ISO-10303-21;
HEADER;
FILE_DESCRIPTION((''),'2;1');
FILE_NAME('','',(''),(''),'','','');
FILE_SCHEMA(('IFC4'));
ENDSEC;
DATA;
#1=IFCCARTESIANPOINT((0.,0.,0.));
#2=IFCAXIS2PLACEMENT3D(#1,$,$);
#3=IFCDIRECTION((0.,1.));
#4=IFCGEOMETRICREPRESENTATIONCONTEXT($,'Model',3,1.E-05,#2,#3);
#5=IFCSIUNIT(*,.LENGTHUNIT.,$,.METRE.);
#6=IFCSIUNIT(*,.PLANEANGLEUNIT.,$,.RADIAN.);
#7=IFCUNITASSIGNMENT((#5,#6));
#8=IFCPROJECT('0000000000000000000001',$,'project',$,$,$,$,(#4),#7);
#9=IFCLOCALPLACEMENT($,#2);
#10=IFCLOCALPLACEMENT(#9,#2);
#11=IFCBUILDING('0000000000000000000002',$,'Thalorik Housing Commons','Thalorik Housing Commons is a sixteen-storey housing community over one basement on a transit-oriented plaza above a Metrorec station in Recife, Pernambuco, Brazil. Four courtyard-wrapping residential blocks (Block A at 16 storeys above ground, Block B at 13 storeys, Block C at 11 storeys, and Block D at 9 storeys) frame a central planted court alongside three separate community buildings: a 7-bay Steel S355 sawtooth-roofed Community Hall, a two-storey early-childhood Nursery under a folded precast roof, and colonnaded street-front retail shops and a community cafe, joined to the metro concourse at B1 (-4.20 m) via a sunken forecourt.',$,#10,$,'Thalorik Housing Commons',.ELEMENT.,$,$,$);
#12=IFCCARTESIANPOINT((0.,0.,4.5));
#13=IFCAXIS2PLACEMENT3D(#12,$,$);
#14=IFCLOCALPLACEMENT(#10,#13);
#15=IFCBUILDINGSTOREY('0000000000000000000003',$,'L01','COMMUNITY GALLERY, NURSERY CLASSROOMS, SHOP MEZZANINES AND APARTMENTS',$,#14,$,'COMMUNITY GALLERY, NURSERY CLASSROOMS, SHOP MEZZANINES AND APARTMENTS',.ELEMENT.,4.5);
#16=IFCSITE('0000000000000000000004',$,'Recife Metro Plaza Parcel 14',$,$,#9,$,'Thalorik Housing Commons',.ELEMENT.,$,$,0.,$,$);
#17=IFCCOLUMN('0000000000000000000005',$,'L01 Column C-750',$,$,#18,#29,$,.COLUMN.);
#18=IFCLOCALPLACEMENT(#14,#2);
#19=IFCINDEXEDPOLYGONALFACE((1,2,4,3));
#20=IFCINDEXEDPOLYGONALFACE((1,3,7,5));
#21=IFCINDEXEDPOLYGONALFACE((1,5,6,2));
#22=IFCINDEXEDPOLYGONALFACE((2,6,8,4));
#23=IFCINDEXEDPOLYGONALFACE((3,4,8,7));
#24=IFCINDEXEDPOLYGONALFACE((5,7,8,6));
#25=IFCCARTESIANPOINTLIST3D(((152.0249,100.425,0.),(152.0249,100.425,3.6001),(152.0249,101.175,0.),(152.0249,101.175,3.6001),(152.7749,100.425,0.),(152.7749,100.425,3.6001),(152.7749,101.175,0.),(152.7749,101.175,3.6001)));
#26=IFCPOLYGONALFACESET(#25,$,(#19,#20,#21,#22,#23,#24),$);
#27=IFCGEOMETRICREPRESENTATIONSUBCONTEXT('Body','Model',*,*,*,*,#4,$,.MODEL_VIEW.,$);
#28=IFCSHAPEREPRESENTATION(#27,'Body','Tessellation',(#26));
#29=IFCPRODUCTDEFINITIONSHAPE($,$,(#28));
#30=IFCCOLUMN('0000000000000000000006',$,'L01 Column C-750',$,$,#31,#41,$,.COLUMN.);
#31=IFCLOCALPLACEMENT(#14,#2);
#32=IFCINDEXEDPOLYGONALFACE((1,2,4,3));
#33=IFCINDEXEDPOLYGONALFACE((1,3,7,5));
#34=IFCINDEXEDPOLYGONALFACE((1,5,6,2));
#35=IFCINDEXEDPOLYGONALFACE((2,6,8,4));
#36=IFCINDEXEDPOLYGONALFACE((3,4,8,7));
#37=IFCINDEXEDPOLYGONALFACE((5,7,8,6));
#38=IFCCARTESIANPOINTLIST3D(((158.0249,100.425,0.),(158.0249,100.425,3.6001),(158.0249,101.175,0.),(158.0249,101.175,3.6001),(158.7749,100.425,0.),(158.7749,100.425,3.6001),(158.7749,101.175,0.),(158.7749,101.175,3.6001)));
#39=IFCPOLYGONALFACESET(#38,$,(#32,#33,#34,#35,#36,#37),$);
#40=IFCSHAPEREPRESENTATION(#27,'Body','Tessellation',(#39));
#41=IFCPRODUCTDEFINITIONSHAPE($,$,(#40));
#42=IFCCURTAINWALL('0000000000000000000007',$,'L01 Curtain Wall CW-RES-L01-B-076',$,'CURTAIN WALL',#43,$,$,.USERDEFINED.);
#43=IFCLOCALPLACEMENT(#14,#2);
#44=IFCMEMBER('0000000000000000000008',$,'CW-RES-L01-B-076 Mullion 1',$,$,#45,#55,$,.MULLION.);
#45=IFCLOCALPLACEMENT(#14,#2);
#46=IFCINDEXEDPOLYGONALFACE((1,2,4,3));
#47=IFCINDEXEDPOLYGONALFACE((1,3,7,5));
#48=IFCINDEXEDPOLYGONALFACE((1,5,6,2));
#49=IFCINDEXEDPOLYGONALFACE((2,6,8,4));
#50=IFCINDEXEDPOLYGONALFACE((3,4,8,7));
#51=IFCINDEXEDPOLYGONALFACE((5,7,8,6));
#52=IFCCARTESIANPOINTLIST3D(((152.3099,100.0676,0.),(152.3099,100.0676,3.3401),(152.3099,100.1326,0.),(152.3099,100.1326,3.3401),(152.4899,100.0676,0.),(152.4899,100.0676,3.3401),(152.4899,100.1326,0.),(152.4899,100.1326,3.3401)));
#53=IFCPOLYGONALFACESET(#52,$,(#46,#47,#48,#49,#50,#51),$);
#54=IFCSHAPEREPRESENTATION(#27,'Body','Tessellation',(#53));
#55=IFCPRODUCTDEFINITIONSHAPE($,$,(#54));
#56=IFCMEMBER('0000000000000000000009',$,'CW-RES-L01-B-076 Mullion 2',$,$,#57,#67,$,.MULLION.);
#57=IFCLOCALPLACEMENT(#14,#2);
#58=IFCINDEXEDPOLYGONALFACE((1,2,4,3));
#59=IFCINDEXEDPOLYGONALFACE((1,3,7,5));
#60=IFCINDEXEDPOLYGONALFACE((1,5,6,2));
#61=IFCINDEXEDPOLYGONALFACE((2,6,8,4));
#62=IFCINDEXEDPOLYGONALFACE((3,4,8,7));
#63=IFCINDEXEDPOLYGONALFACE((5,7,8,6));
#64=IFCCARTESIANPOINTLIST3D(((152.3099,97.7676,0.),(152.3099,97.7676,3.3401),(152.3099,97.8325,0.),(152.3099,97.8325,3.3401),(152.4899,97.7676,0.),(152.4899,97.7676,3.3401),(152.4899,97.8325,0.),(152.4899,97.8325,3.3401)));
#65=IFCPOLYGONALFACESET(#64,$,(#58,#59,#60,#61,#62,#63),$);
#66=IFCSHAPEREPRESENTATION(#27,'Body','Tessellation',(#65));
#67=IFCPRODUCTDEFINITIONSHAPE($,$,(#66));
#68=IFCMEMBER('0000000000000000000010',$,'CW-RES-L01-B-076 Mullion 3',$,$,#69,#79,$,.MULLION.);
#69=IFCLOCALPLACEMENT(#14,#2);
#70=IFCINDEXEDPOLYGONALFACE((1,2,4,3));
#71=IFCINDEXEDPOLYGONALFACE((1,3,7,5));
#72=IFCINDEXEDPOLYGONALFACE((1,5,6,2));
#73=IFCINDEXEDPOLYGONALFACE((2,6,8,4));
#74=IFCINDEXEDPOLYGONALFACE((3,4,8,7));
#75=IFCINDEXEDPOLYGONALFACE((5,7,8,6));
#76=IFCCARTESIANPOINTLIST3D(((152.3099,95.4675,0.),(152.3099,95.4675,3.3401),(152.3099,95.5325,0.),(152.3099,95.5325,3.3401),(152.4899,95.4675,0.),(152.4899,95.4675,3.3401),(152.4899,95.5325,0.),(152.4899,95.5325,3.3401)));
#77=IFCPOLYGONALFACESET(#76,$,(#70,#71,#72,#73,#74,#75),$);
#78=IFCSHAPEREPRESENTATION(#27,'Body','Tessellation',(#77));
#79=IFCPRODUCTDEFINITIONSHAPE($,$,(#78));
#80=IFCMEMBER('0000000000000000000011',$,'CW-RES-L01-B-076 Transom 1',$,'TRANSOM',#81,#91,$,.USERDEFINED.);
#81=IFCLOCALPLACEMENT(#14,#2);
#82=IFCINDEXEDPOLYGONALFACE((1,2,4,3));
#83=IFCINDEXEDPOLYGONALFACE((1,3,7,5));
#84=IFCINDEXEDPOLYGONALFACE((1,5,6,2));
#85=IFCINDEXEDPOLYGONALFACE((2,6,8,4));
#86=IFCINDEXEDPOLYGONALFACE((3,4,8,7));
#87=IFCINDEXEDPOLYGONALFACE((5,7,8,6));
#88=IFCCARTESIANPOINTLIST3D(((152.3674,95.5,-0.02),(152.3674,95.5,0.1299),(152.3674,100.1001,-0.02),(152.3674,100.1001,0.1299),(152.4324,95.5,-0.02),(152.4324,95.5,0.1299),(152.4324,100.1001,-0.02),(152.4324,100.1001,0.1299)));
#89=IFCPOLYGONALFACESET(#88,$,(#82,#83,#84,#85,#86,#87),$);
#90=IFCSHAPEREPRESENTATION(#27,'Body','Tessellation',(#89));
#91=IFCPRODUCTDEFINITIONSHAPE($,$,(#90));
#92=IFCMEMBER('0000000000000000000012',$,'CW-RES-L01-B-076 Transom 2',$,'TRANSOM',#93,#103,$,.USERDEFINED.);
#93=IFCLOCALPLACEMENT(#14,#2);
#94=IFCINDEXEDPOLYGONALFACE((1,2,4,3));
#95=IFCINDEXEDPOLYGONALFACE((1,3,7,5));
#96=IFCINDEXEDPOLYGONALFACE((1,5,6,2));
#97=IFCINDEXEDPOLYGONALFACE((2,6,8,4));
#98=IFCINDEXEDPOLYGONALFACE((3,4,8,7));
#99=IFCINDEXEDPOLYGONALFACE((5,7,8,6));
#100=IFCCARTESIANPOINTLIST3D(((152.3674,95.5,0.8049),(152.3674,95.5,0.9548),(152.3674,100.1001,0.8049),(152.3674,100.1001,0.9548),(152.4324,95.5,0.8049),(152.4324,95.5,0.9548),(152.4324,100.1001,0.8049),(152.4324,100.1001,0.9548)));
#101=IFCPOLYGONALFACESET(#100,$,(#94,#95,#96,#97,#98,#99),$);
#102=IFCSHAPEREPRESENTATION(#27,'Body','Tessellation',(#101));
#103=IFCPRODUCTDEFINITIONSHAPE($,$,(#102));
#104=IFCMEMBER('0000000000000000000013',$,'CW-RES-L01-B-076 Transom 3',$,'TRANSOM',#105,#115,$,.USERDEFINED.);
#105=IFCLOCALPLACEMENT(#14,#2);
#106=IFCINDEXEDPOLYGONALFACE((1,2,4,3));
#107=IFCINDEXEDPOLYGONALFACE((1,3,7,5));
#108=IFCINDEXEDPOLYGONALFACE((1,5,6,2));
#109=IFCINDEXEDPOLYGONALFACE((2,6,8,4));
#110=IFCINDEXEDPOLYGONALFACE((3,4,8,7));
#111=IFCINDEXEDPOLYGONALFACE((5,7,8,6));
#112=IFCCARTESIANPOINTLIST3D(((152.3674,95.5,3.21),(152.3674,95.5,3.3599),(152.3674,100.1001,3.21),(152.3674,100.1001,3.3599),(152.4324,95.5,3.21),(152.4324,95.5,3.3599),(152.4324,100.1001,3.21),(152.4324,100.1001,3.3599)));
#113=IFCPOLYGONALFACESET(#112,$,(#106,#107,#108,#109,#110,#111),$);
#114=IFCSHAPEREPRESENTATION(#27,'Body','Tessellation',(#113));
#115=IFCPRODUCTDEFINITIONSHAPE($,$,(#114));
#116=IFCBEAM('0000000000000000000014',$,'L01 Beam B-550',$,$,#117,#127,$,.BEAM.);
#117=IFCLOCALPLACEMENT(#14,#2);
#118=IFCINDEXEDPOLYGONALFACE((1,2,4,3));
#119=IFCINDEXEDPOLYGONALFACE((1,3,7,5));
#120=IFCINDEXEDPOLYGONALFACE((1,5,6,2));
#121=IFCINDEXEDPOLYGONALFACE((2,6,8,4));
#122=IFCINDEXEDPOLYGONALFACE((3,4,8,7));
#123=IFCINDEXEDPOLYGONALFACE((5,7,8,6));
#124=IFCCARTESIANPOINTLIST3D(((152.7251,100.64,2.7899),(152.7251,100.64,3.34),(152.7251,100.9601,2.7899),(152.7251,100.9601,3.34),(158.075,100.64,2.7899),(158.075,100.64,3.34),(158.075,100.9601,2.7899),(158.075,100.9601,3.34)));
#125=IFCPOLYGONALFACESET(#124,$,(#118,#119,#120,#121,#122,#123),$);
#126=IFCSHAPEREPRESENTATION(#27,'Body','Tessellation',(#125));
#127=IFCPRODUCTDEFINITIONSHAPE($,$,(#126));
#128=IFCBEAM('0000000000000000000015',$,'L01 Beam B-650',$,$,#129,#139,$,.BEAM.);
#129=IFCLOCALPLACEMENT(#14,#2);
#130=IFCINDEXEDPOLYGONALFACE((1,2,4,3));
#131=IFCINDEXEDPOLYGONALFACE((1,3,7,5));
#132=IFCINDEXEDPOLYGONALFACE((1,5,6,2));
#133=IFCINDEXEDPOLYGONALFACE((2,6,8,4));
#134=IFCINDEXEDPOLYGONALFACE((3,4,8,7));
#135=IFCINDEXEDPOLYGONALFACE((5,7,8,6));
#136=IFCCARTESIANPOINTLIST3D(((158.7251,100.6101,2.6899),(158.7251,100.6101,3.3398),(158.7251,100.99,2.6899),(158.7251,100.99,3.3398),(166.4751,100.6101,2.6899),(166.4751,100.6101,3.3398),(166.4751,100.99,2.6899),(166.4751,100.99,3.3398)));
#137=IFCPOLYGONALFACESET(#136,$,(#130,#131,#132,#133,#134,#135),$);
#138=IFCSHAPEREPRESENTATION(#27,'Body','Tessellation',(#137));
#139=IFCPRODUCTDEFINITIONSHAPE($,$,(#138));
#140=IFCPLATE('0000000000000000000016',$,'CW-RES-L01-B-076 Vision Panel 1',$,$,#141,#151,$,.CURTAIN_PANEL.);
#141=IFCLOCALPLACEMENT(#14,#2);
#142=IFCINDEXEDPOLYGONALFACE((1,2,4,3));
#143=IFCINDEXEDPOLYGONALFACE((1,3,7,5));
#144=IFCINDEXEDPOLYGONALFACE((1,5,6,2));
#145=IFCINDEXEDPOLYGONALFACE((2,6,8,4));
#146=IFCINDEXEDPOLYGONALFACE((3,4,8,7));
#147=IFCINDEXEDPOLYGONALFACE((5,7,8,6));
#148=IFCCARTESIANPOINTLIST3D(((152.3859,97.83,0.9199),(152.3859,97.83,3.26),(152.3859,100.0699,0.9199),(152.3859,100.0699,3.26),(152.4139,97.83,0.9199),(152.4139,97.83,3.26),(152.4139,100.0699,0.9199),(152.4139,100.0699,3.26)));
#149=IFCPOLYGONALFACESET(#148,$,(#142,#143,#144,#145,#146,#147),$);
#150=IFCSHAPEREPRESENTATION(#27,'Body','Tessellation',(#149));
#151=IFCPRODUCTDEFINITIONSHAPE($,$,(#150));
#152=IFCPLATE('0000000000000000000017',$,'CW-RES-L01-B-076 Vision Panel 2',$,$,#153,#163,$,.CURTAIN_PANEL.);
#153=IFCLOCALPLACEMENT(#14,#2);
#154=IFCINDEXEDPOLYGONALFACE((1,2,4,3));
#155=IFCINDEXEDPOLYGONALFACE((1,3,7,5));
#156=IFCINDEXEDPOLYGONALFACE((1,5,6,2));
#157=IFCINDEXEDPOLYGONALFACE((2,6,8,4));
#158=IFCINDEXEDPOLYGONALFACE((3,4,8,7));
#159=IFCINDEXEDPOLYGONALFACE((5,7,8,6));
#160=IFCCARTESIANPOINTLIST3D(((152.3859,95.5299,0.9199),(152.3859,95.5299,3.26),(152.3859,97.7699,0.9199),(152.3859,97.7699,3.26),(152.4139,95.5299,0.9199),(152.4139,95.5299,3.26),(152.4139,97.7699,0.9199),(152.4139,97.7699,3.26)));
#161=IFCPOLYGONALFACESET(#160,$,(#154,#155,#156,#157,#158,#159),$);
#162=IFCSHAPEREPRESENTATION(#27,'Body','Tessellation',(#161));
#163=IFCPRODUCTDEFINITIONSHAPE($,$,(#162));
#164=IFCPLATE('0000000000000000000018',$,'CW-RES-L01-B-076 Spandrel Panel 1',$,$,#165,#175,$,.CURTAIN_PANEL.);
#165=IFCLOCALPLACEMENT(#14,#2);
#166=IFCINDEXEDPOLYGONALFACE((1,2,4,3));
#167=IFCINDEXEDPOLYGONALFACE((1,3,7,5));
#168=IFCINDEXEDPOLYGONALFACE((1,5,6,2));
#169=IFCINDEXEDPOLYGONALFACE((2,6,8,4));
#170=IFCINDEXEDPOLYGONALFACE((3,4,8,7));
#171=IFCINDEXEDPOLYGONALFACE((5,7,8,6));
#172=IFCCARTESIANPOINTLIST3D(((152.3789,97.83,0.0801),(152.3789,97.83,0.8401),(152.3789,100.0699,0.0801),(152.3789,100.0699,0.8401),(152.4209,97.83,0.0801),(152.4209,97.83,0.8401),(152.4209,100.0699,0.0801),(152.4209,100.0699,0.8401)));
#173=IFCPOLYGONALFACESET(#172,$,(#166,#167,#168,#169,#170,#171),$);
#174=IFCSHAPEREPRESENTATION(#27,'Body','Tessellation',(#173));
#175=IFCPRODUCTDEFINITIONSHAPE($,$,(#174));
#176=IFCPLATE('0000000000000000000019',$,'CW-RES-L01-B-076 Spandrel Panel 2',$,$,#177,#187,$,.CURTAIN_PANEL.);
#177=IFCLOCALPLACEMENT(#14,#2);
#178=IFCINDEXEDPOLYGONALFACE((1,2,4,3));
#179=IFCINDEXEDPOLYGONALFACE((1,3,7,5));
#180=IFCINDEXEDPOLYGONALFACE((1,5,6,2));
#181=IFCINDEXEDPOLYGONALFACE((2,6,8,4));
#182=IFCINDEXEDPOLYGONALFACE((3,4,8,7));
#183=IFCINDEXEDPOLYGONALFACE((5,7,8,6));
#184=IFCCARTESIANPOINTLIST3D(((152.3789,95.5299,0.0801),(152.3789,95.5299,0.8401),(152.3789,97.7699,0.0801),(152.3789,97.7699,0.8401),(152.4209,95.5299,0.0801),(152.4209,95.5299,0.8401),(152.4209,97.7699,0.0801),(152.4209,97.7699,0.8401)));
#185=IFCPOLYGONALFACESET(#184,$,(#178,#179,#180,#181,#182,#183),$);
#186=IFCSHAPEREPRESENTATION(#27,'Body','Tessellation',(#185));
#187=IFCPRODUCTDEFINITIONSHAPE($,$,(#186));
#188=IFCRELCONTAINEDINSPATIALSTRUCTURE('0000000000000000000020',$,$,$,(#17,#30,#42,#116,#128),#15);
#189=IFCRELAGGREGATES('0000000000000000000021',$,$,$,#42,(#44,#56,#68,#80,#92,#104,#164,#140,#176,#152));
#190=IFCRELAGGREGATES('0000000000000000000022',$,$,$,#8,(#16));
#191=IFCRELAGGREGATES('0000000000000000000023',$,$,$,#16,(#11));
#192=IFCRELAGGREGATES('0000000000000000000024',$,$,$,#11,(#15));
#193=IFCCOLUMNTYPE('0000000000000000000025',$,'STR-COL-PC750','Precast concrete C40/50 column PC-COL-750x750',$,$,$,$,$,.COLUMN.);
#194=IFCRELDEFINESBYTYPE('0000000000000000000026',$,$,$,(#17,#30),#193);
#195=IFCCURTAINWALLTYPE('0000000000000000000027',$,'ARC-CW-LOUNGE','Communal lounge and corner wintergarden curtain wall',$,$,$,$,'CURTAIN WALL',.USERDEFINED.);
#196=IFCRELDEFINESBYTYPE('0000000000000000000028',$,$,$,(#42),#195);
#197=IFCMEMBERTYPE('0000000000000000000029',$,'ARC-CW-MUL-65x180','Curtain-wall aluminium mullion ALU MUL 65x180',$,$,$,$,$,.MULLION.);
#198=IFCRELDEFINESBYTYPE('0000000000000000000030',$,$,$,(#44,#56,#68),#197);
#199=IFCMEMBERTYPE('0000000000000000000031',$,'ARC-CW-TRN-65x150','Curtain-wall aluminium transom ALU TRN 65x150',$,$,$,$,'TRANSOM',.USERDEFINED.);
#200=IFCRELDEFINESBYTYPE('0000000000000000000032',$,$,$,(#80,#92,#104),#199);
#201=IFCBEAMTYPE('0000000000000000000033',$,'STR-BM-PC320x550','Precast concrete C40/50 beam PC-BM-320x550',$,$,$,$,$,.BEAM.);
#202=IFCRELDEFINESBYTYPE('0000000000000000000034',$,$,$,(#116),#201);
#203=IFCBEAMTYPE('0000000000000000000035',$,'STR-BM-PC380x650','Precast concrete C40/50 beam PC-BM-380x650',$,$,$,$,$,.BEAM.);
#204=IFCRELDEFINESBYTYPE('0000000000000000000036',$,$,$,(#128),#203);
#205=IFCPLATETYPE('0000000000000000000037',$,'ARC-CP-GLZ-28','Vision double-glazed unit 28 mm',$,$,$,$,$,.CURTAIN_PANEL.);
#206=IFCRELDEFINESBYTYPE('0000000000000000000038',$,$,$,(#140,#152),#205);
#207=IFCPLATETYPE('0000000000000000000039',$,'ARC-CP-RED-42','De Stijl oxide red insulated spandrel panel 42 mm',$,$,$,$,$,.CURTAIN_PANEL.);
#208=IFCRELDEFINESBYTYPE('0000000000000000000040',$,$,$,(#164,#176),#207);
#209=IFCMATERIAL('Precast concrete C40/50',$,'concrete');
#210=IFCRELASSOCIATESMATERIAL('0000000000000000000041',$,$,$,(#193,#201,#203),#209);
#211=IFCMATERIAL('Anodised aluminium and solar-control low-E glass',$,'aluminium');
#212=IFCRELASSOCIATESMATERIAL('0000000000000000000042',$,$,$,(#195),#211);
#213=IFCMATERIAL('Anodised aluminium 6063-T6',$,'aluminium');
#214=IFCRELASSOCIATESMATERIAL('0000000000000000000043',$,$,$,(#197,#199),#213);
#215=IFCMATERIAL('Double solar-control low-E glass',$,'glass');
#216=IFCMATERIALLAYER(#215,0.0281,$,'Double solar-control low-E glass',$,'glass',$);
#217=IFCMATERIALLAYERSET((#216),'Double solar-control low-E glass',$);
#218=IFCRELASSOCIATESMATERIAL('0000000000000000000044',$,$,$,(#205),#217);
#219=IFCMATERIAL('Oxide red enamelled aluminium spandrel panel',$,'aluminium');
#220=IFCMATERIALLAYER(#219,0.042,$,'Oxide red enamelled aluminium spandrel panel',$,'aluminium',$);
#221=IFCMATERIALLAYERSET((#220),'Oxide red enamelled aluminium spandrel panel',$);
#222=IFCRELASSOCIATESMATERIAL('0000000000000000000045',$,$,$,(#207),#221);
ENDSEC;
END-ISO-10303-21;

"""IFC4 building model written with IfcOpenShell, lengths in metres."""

from ifc_helpers import new_model, si_unit, direction, frame, origin, origin_2d, place, context, subcontext, project, spatial, rectangle, extrude, material, layer, layer_set, material_profile, profile_set, type_object, element, aggregate, save


model = new_model("IFC4")

# Units and contexts
model_context = context("Model", 3, precision=1e-05, world=origin(), true_north=direction((0.0, 1.0)))
body_context = subcontext(model_context, "Body", "Model", "MODEL_VIEW")
ifc_project = project(units=[si_unit("LENGTHUNIT", "METRE"), si_unit("PLANEANGLEUNIT", "RADIAN")], contexts=[model_context])

# Site, building, storey
site_placement = place(None, origin())
site = spatial("IfcSite", under=ifc_project, at=site_placement, Name="Recife Metro Plaza Parcel 14", LongName="Thalorik Housing Commons", CompositionType="ELEMENT", RefElevation=0.0)
building_placement = place(site_placement, origin())
building = spatial("IfcBuilding", under=site, at=building_placement, Name="Thalorik Housing Commons", Description="Thalorik Housing Commons is a sixteen-storey housing community over one basement on a transit-oriented plaza above a Metrorec station in Recife, Pernambuco, Brazil. Four courtyard-wrapping residential blocks (Block A at 16 storeys above ground, Block B at 13 storeys, Block C at 11 storeys, and Block D at 9 storeys) frame a central planted court alongside three separate community buildings: a 7-bay Steel S355 sawtooth-roofed Community Hall, a two-storey early-childhood Nursery under a folded precast roof, and colonnaded street-front retail shops and a community cafe, joined to the metro concourse at B1 (-4.20 m) via a sunken forecourt.", LongName="Thalorik Housing Commons", CompositionType="ELEMENT")
storey_placement = place(building_placement, frame((0.0, 0.0, 4.5)))
storey = spatial("IfcBuildingStorey", under=building, at=storey_placement, Name="L01", Description="COMMUNITY GALLERY, NURSERY CLASSROOMS, SHOP MEZZANINES AND APARTMENTS", LongName="COMMUNITY GALLERY, NURSERY CLASSROOMS, SHOP MEZZANINES AND APARTMENTS", CompositionType="ELEMENT", Elevation=4.5)

# Columns
ifc_material_1 = material(Name="Precast concrete C40/50", Category="concrete")
ifc_material_profile_1 = material_profile(ifc_material_1, rectangle(XDim=0.75, YDim=0.75, at=origin_2d()), Name="PC 750x750", Category="concrete")
ifc_profile_set_1 = profile_set([ifc_material_profile_1], Name="Precast concrete C40/50")
column_type = type_object("IfcColumnType", Name="STR-COL-PC750", Description="Precast concrete C40/50 column PC-COL-750x750", PredefinedType="COLUMN", material=ifc_profile_set_1)
for number, where, z_axis, x_axis, name in (
    (1, (152.3999, 100.8, 0.0), (0.0, 0.0, 1.0), (1.0, 0.0, 0.0), "L01 Column C-750"),
    (2, (158.3999, 100.8, 0.0), (0.0, 0.0, 1.0), (1.0, 0.0, 0.0), "L01 Column C-750"),
):
    element("IfcColumn", number, at=place(storey_placement, frame(where, z_axis=z_axis, x_axis=x_axis)), inside=storey, type_object=column_type, Name=name, PredefinedType="COLUMN", context=body_context, shape_type="SweptSolid", body=[
        extrude(rectangle(XDim=0.75, YDim=0.75, at=origin_2d()), origin(), (0.0, 0.0, 1.0), 3.6001),
    ])

# Curtain wall, members
ifc_material_2 = material(Name="Anodised aluminium and solar-control low-E glass", Category="aluminium")
curtain_wall_type = type_object("IfcCurtainWallType", Name="ARC-CW-LOUNGE", Description="Communal lounge and corner wintergarden curtain wall", ElementType="CURTAIN WALL", PredefinedType="USERDEFINED", material=ifc_material_2)
curtain_wall_placement = place(storey_placement, origin())
curtain_wall = element("IfcCurtainWall", 3, at=curtain_wall_placement, inside=storey, type_object=curtain_wall_type, Name="L01 Curtain Wall CW-RES-L01-B-076", ObjectType="CURTAIN WALL", PredefinedType="USERDEFINED")
ifc_material_3 = material(Name="Anodised aluminium 6063-T6", Category="aluminium")
ifc_material_profile_2 = material_profile(ifc_material_3, rectangle(XDim=0.0649, YDim=0.1799, at=origin_2d()), Name="ALU MUL 65x180", Category="aluminium")
ifc_profile_set_2 = profile_set([ifc_material_profile_2], Name="Anodised aluminium 6063-T6")
member_type_1 = type_object("IfcMemberType", Name="ARC-CW-MUL-65x180", Description="Curtain-wall aluminium mullion ALU MUL 65x180", PredefinedType="MULLION", material=ifc_profile_set_2)
member_1_placement = place(storey_placement, frame((152.3999, 100.1001, 0.0), z_axis=(0.0, 0.0, 1.0), x_axis=(0.0, -1.0, 0.0)))
member_1 = element("IfcMember", 4, at=member_1_placement, type_object=member_type_1, Name="CW-RES-L01-B-076 Mullion 1", PredefinedType="MULLION", context=body_context, shape_type="SweptSolid", body=[
    extrude(rectangle(XDim=0.0649, YDim=0.1799, at=origin_2d()), origin(), (0.0, 0.0, 1.0), 3.3401),
])
member_2_placement = place(storey_placement, frame((152.3999, 97.8, 0.0), z_axis=(0.0, 0.0, 1.0), x_axis=(0.0, -1.0, 0.0)))
member_2 = element("IfcMember", 5, at=member_2_placement, type_object=member_type_1, Name="CW-RES-L01-B-076 Mullion 2", PredefinedType="MULLION", context=body_context, shape_type="SweptSolid", body=[
    extrude(rectangle(XDim=0.0649, YDim=0.1799, at=origin_2d()), origin(), (0.0, 0.0, 1.0), 3.3401),
])
member_3_placement = place(storey_placement, frame((152.3999, 95.5, 0.0), z_axis=(0.0, 0.0, 1.0), x_axis=(0.0, -1.0, 0.0)))
member_3 = element("IfcMember", 6, at=member_3_placement, type_object=member_type_1, Name="CW-RES-L01-B-076 Mullion 3", PredefinedType="MULLION", context=body_context, shape_type="SweptSolid", body=[
    extrude(rectangle(XDim=0.0649, YDim=0.1799, at=origin_2d()), origin(), (0.0, 0.0, 1.0), 3.3401),
])
ifc_material_profile_3 = material_profile(ifc_material_3, rectangle(XDim=0.0649, YDim=0.1499, at=origin_2d()), Name="ALU TRN 65x150", Category="aluminium")
ifc_profile_set_3 = profile_set([ifc_material_profile_3], Name="Anodised aluminium 6063-T6")
member_type_2 = type_object("IfcMemberType", Name="ARC-CW-TRN-65x150", Description="Curtain-wall aluminium transom ALU TRN 65x150", ElementType="TRANSOM", PredefinedType="USERDEFINED", material=ifc_profile_set_3)
member_4_placement = place(storey_placement, frame((152.3999, 100.1001, 0.0549), z_axis=(0.0, -1.0, 0.0), x_axis=(1.0, 0.0, 0.0)))
member_4 = element("IfcMember", 7, at=member_4_placement, type_object=member_type_2, Name="CW-RES-L01-B-076 Transom 1", ObjectType="TRANSOM", PredefinedType="USERDEFINED", context=body_context, shape_type="SweptSolid", body=[
    extrude(rectangle(XDim=0.0649, YDim=0.1499, at=origin_2d()), origin(), (0.0, 0.0, 1.0), 4.6001),
])
member_5_placement = place(storey_placement, frame((152.3999, 100.1001, 0.8799), z_axis=(0.0, -1.0, 0.0), x_axis=(1.0, 0.0, 0.0)))
member_5 = element("IfcMember", 8, at=member_5_placement, type_object=member_type_2, Name="CW-RES-L01-B-076 Transom 2", ObjectType="TRANSOM", PredefinedType="USERDEFINED", context=body_context, shape_type="SweptSolid", body=[
    extrude(rectangle(XDim=0.0649, YDim=0.1499, at=origin_2d()), origin(), (0.0, 0.0, 1.0), 4.6001),
])
member_6_placement = place(storey_placement, frame((152.3999, 100.1001, 3.2849), z_axis=(0.0, -1.0, 0.0), x_axis=(1.0, 0.0, 0.0)))
member_6 = element("IfcMember", 9, at=member_6_placement, type_object=member_type_2, Name="CW-RES-L01-B-076 Transom 3", ObjectType="TRANSOM", PredefinedType="USERDEFINED", context=body_context, shape_type="SweptSolid", body=[
    extrude(rectangle(XDim=0.0649, YDim=0.1499, at=origin_2d()), origin(), (0.0, 0.0, 1.0), 4.6001),
])

# Beams
ifc_material_profile_4 = material_profile(ifc_material_1, rectangle(XDim=0.3201, YDim=0.55, at=origin_2d()), Name="PC 320x550", Category="concrete")
ifc_profile_set_4 = profile_set([ifc_material_profile_4], Name="Precast concrete C40/50")
beam_type_1 = type_object("IfcBeamType", Name="STR-BM-PC320x550", Description="Precast concrete C40/50 beam PC-BM-320x550", PredefinedType="BEAM", material=ifc_profile_set_4)
beam_1_placement = place(storey_placement, frame((152.7251, 100.8, 3.0649), z_axis=(1.0, 0.0, 0.0), x_axis=(0.0, 1.0, 0.0)))
element("IfcBeam", 10, at=beam_1_placement, inside=storey, type_object=beam_type_1, Name="L01 Beam B-550", PredefinedType="BEAM", context=body_context, shape_type="SweptSolid", body=[
    extrude(rectangle(XDim=0.3201, YDim=0.55, at=origin_2d()), origin(), (0.0, 0.0, 1.0), 5.3499),
])
ifc_material_profile_5 = material_profile(ifc_material_1, rectangle(XDim=0.3799, YDim=0.6499, at=origin_2d()), Name="PC 380x650", Category="concrete")
ifc_profile_set_5 = profile_set([ifc_material_profile_5], Name="Precast concrete C40/50")
beam_type_2 = type_object("IfcBeamType", Name="STR-BM-PC380x650", Description="Precast concrete C40/50 beam PC-BM-380x650", PredefinedType="BEAM", material=ifc_profile_set_5)
beam_2_placement = place(storey_placement, frame((158.7251, 100.8, 3.0149), z_axis=(1.0, 0.0, 0.0), x_axis=(0.0, 1.0, 0.0)))
element("IfcBeam", 11, at=beam_2_placement, inside=storey, type_object=beam_type_2, Name="L01 Beam B-650", PredefinedType="BEAM", context=body_context, shape_type="SweptSolid", body=[
    extrude(rectangle(XDim=0.3799, YDim=0.6499, at=origin_2d()), origin(), (0.0, 0.0, 1.0), 7.75),
])

# Plates
ifc_material_4 = material(Name="Double solar-control low-E glass", Category="glass")
ifc_layer_1 = layer(ifc_material_4, 0.0281, Name="Double solar-control low-E glass", Category="glass")
ifc_layer_set_1 = layer_set([ifc_layer_1], Name="Double solar-control low-E glass")
plate_type_1 = type_object("IfcPlateType", Name="ARC-CP-GLZ-28", Description="Vision double-glazed unit 28 mm", PredefinedType="CURTAIN_PANEL", material=ifc_layer_set_1)
plate_1_placement = place(storey_placement, frame((152.3999, 98.95, 0.9199), z_axis=(0.0, 0.0, 1.0), x_axis=(0.0, -1.0, 0.0)))
plate_1 = element("IfcPlate", 12, at=plate_1_placement, type_object=plate_type_1, Name="CW-RES-L01-B-076 Vision Panel 1", PredefinedType="CURTAIN_PANEL", context=body_context, shape_type="SweptSolid", body=[
    extrude(rectangle(XDim=2.24, YDim=0.0281, at=origin_2d()), origin(), (0.0, 0.0, 1.0), 2.3401),
])
plate_2_placement = place(storey_placement, frame((152.3999, 96.6499, 0.9199), z_axis=(0.0, 0.0, 1.0), x_axis=(0.0, -1.0, 0.0)))
plate_2 = element("IfcPlate", 13, at=plate_2_placement, type_object=plate_type_1, Name="CW-RES-L01-B-076 Vision Panel 2", PredefinedType="CURTAIN_PANEL", context=body_context, shape_type="SweptSolid", body=[
    extrude(rectangle(XDim=2.24, YDim=0.0281, at=origin_2d()), origin(), (0.0, 0.0, 1.0), 2.3401),
])
ifc_material_5 = material(Name="Oxide red enamelled aluminium spandrel panel", Category="aluminium")
ifc_layer_2 = layer(ifc_material_5, 0.042, Name="Oxide red enamelled aluminium spandrel panel", Category="aluminium")
ifc_layer_set_2 = layer_set([ifc_layer_2], Name="Oxide red enamelled aluminium spandrel panel")
plate_type_2 = type_object("IfcPlateType", Name="ARC-CP-RED-42", Description="De Stijl oxide red insulated spandrel panel 42 mm", PredefinedType="CURTAIN_PANEL", material=ifc_layer_set_2)
plate_3_placement = place(storey_placement, frame((152.3999, 98.95, 0.0801), z_axis=(0.0, 0.0, 1.0), x_axis=(0.0, -1.0, 0.0)))
plate_3 = element("IfcPlate", 14, at=plate_3_placement, type_object=plate_type_2, Name="CW-RES-L01-B-076 Spandrel Panel 1", PredefinedType="CURTAIN_PANEL", context=body_context, shape_type="SweptSolid", body=[
    extrude(rectangle(XDim=2.24, YDim=0.042, at=origin_2d()), origin(), (0.0, 0.0, 1.0), 0.76),
])
plate_4_placement = place(storey_placement, frame((152.3999, 96.6499, 0.0801), z_axis=(0.0, 0.0, 1.0), x_axis=(0.0, -1.0, 0.0)))
plate_4 = element("IfcPlate", 15, at=plate_4_placement, type_object=plate_type_2, Name="CW-RES-L01-B-076 Spandrel Panel 2", PredefinedType="CURTAIN_PANEL", context=body_context, shape_type="SweptSolid", body=[
    extrude(rectangle(XDim=2.24, YDim=0.042, at=origin_2d()), origin(), (0.0, 0.0, 1.0), 0.76),
])
aggregate(curtain_wall, [member_1, member_2, member_3, member_4, member_5, member_6, plate_3, plate_1, plate_4, plate_2])

save(model, "model.ifc")
